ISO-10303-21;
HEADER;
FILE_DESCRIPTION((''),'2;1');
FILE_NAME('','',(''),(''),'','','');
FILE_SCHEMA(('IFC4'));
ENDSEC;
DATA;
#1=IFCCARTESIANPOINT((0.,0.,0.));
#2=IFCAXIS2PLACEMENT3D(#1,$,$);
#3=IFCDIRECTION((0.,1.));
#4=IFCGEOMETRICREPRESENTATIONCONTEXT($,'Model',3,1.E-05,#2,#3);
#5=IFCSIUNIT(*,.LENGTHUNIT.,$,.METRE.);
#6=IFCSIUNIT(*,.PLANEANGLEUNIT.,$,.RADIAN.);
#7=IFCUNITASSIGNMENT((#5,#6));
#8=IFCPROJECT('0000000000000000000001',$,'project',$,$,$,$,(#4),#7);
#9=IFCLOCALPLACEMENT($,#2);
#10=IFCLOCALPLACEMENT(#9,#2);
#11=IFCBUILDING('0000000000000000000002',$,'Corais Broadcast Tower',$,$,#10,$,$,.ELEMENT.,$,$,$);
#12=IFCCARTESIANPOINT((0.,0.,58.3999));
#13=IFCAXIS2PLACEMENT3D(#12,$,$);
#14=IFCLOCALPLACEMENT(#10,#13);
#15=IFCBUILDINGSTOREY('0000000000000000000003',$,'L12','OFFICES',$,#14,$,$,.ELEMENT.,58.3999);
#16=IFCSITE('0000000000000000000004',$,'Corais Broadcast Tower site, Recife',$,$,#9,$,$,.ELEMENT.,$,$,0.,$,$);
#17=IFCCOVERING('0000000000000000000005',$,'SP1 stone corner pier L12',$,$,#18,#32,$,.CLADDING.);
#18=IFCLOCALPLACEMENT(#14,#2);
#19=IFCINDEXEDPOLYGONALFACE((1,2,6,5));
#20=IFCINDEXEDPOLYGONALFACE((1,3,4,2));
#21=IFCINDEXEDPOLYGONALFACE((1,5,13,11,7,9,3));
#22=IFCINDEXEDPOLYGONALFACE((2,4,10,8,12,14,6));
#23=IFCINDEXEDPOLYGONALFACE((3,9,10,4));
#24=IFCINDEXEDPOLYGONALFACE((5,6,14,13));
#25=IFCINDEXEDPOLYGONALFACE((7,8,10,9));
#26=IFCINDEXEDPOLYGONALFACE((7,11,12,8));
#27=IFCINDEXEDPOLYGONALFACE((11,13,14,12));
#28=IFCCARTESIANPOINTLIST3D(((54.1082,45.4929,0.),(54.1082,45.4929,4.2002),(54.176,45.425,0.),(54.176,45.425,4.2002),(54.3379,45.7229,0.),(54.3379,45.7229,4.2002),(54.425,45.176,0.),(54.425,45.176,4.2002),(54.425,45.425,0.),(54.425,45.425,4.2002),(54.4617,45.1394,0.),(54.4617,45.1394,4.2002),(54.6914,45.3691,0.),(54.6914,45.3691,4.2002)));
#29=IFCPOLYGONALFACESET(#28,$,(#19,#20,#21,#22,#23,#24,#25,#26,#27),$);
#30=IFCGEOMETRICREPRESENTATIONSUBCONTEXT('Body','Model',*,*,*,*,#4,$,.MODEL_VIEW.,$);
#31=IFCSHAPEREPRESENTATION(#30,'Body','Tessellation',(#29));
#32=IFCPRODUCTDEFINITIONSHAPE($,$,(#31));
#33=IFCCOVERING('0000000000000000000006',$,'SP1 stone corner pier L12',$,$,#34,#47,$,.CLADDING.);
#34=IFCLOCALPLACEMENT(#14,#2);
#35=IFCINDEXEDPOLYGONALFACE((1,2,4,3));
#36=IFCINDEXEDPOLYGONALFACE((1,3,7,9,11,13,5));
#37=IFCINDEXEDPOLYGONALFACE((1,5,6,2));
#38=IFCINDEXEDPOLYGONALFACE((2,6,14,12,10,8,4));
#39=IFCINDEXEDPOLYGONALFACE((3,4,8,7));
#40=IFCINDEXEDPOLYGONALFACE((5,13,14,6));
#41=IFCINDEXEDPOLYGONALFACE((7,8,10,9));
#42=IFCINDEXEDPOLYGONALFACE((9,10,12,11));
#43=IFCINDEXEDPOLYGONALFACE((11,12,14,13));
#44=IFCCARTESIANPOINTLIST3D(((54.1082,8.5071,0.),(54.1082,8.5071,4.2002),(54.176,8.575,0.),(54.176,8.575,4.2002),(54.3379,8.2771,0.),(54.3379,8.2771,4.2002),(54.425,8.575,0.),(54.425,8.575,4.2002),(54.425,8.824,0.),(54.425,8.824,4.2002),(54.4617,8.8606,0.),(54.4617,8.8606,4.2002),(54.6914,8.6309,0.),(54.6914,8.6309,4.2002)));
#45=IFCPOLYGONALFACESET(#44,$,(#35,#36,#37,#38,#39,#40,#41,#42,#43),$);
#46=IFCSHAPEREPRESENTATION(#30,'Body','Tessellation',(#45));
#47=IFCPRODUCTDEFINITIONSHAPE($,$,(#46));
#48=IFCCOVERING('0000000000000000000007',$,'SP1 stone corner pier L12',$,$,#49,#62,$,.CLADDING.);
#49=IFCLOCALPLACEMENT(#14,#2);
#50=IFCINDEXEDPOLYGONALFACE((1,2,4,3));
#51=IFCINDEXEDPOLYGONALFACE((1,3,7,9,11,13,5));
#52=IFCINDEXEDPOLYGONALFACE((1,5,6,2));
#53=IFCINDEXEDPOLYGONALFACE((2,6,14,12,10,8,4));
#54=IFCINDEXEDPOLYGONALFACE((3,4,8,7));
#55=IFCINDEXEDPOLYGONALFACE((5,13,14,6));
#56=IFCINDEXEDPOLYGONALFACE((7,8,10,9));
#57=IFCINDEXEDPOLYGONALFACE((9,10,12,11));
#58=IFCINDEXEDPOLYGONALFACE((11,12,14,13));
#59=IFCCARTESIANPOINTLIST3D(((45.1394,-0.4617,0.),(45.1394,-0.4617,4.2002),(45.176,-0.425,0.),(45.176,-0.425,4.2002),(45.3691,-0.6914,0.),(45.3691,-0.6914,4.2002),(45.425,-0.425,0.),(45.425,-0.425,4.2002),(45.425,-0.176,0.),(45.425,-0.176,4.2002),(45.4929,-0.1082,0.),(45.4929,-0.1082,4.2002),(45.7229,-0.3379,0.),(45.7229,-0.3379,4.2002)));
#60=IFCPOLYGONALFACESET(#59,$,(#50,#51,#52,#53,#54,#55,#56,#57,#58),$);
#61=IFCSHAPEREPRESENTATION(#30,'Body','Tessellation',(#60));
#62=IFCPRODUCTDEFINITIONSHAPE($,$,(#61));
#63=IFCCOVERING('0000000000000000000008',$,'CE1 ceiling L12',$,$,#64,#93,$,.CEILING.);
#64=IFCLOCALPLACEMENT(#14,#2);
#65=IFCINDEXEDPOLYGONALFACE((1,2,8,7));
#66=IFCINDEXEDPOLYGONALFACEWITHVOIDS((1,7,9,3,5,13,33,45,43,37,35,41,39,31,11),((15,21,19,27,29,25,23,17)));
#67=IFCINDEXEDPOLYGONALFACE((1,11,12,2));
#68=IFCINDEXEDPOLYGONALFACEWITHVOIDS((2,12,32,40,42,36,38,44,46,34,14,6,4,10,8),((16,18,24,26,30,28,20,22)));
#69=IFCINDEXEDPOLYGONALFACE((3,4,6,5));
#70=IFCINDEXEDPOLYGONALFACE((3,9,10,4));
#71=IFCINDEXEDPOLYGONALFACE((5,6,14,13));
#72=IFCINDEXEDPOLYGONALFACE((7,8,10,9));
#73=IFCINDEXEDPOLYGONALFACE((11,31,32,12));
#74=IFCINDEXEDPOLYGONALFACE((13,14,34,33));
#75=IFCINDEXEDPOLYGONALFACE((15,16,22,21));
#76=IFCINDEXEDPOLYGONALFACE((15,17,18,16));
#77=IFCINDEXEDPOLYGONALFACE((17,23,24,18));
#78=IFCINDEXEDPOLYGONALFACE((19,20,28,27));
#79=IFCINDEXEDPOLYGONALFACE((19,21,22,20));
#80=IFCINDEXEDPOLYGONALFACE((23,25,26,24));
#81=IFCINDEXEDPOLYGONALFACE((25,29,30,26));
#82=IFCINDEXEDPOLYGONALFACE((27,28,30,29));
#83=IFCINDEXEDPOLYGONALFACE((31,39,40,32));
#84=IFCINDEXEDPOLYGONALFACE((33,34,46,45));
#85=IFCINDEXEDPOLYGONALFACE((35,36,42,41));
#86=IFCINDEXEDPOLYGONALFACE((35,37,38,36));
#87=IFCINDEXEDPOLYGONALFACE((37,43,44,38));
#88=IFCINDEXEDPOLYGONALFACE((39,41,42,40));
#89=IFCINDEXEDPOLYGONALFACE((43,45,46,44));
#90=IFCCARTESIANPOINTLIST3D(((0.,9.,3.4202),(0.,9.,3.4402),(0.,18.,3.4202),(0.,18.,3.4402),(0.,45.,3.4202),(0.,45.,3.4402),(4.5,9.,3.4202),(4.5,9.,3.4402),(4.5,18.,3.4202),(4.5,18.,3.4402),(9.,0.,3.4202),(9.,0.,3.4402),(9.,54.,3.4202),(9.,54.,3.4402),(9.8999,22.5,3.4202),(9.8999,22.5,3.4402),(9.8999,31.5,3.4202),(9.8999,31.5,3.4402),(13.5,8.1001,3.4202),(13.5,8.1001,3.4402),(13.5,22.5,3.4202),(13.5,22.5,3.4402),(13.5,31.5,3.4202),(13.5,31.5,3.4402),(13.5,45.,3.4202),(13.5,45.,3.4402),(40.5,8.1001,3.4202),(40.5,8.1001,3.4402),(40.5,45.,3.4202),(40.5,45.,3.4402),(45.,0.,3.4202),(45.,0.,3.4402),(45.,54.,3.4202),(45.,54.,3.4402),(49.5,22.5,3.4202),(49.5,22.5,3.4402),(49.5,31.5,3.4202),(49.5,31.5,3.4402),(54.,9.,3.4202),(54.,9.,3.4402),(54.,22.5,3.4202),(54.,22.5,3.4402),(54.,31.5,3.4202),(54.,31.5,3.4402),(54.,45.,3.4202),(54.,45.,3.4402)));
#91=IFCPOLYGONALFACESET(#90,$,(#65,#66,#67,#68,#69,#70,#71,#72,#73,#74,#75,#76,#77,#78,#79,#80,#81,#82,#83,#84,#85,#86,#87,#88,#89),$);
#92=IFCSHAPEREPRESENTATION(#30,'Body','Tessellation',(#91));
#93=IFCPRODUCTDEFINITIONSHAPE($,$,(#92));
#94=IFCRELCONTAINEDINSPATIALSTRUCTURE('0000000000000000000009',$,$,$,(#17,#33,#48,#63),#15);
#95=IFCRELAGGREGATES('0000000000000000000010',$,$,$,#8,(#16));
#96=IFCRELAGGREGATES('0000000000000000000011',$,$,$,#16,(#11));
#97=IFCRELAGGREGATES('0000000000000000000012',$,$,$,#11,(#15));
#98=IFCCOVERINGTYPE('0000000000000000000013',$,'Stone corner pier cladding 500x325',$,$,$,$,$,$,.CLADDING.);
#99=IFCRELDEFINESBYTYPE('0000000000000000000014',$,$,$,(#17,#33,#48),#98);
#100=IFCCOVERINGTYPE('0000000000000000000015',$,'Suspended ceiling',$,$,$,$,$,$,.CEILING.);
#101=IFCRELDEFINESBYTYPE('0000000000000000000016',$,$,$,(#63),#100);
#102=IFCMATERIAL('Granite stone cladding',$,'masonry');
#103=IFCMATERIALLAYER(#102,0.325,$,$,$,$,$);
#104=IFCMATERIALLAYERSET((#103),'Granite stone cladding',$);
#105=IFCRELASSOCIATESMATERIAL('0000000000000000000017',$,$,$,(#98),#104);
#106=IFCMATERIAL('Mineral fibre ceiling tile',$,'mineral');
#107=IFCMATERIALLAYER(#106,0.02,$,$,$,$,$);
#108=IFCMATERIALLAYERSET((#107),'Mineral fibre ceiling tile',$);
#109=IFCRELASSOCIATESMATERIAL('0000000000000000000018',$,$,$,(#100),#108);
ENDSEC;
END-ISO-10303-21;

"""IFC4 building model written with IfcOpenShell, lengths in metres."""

from ifc_helpers import new_model, si_unit, direction, frame, origin, place, context, subcontext, project, spatial, polyline, outline, extrude, material, layer, layer_set, type_object, element, save


model = new_model("IFC4")

# Units and contexts
model_context = context("Model", 3, precision=1e-05, world=origin(), true_north=direction((0.0, 1.0)))
body_context = subcontext(model_context, "Body", "Model", "MODEL_VIEW")
ifc_project = project(units=[si_unit("LENGTHUNIT", "METRE"), si_unit("PLANEANGLEUNIT", "RADIAN")], contexts=[model_context])

# Site, building, storey
site_placement = place(None, origin())
site = spatial("IfcSite", under=ifc_project, at=site_placement, Name="Corais Broadcast Tower site, Recife", CompositionType="ELEMENT", RefElevation=0.0)
building_placement = place(site_placement, origin())
building = spatial("IfcBuilding", under=site, at=building_placement, Name="Corais Broadcast Tower", CompositionType="ELEMENT")
storey_placement = place(building_placement, frame((0.0, 0.0, 58.3999)))
storey = spatial("IfcBuildingStorey", under=building, at=storey_placement, Name="L12", Description="OFFICES", CompositionType="ELEMENT", Elevation=58.3999)

# Coverings
ifc_material_1 = material(Name="Granite stone cladding", Category="masonry")
ifc_layer_1 = layer(ifc_material_1, 0.325)
ifc_layer_set_1 = layer_set([ifc_layer_1], Name="Granite stone cladding")
covering_type_1 = type_object("IfcCoveringType", Name="Stone corner pier cladding 500x325", PredefinedType="CLADDING", material=ifc_layer_set_1)
covering_1_placement = place(storey_placement, origin())
element("IfcCovering", 1, at=covering_1_placement, inside=storey, type_object=covering_type_1, Name="SP1 stone corner pier L12", PredefinedType="CLADDING", context=body_context, shape_type="SweptSolid", body=[
    extrude(outline(polyline([(54.425, 45.176), (54.4617, 45.1394), (54.6914, 45.3691), (54.3379, 45.7229), (54.1082, 45.4929), (54.176, 45.425), (54.425, 45.425), (54.425, 45.176)])), origin(), (0.0, 0.0, 1.0), 4.2002),
])
covering_2_placement = place(storey_placement, origin())
element("IfcCovering", 2, at=covering_2_placement, inside=storey, type_object=covering_type_1, Name="SP1 stone corner pier L12", PredefinedType="CLADDING", context=body_context, shape_type="SweptSolid", body=[
    extrude(outline(polyline([(54.4617, 8.8606), (54.425, 8.824), (54.425, 8.575), (54.176, 8.575), (54.1082, 8.5071), (54.3379, 8.2771), (54.6914, 8.6309), (54.4617, 8.8606)])), origin(), (0.0, 0.0, 1.0), 4.2002),
])
covering_3_placement = place(storey_placement, origin())
element("IfcCovering", 3, at=covering_3_placement, inside=storey, type_object=covering_type_1, Name="SP1 stone corner pier L12", PredefinedType="CLADDING", context=body_context, shape_type="SweptSolid", body=[
    extrude(outline(polyline([(45.176, -0.425), (45.1394, -0.4617), (45.3691, -0.6914), (45.7229, -0.3379), (45.4929, -0.1082), (45.425, -0.176), (45.425, -0.425), (45.176, -0.425)])), origin(), (0.0, 0.0, 1.0), 4.2002),
])
ifc_material_2 = material(Name="Mineral fibre ceiling tile", Category="mineral")
ifc_layer_2 = layer(ifc_material_2, 0.02)
ifc_layer_set_2 = layer_set([ifc_layer_2], Name="Mineral fibre ceiling tile")
covering_type_2 = type_object("IfcCoveringType", Name="Suspended ceiling", PredefinedType="CEILING", material=ifc_layer_set_2)
covering_4_placement = place(storey_placement, frame((0.0, 0.0, 3.4202)))
element("IfcCovering", 4, at=covering_4_placement, inside=storey, type_object=covering_type_2, Name="CE1 ceiling L12", PredefinedType="CEILING", context=body_context, shape_type="SweptSolid", body=[
    extrude(outline(polyline([(9.0, 0.0), (0.0, 9.0), (4.5, 9.0), (4.5, 18.0), (0.0, 18.0), (0.0, 45.0), (9.0, 54.0), (45.0, 54.0), (54.0, 45.0), (54.0, 31.5), (49.5, 31.5), (49.5, 22.5), (54.0, 22.5), (54.0, 9.0), (45.0, 0.0), (9.0, 0.0)]), holes=[polyline([(13.5, 8.1001), (40.5, 8.1001), (40.5, 45.0), (13.5, 45.0), (13.5, 31.5), (9.8999, 31.5), (9.8999, 22.5), (13.5, 22.5), (13.5, 8.1001)])]), origin(), (0.0, 0.0, 1.0), 0.02),
])

save(model, "model.ifc")
